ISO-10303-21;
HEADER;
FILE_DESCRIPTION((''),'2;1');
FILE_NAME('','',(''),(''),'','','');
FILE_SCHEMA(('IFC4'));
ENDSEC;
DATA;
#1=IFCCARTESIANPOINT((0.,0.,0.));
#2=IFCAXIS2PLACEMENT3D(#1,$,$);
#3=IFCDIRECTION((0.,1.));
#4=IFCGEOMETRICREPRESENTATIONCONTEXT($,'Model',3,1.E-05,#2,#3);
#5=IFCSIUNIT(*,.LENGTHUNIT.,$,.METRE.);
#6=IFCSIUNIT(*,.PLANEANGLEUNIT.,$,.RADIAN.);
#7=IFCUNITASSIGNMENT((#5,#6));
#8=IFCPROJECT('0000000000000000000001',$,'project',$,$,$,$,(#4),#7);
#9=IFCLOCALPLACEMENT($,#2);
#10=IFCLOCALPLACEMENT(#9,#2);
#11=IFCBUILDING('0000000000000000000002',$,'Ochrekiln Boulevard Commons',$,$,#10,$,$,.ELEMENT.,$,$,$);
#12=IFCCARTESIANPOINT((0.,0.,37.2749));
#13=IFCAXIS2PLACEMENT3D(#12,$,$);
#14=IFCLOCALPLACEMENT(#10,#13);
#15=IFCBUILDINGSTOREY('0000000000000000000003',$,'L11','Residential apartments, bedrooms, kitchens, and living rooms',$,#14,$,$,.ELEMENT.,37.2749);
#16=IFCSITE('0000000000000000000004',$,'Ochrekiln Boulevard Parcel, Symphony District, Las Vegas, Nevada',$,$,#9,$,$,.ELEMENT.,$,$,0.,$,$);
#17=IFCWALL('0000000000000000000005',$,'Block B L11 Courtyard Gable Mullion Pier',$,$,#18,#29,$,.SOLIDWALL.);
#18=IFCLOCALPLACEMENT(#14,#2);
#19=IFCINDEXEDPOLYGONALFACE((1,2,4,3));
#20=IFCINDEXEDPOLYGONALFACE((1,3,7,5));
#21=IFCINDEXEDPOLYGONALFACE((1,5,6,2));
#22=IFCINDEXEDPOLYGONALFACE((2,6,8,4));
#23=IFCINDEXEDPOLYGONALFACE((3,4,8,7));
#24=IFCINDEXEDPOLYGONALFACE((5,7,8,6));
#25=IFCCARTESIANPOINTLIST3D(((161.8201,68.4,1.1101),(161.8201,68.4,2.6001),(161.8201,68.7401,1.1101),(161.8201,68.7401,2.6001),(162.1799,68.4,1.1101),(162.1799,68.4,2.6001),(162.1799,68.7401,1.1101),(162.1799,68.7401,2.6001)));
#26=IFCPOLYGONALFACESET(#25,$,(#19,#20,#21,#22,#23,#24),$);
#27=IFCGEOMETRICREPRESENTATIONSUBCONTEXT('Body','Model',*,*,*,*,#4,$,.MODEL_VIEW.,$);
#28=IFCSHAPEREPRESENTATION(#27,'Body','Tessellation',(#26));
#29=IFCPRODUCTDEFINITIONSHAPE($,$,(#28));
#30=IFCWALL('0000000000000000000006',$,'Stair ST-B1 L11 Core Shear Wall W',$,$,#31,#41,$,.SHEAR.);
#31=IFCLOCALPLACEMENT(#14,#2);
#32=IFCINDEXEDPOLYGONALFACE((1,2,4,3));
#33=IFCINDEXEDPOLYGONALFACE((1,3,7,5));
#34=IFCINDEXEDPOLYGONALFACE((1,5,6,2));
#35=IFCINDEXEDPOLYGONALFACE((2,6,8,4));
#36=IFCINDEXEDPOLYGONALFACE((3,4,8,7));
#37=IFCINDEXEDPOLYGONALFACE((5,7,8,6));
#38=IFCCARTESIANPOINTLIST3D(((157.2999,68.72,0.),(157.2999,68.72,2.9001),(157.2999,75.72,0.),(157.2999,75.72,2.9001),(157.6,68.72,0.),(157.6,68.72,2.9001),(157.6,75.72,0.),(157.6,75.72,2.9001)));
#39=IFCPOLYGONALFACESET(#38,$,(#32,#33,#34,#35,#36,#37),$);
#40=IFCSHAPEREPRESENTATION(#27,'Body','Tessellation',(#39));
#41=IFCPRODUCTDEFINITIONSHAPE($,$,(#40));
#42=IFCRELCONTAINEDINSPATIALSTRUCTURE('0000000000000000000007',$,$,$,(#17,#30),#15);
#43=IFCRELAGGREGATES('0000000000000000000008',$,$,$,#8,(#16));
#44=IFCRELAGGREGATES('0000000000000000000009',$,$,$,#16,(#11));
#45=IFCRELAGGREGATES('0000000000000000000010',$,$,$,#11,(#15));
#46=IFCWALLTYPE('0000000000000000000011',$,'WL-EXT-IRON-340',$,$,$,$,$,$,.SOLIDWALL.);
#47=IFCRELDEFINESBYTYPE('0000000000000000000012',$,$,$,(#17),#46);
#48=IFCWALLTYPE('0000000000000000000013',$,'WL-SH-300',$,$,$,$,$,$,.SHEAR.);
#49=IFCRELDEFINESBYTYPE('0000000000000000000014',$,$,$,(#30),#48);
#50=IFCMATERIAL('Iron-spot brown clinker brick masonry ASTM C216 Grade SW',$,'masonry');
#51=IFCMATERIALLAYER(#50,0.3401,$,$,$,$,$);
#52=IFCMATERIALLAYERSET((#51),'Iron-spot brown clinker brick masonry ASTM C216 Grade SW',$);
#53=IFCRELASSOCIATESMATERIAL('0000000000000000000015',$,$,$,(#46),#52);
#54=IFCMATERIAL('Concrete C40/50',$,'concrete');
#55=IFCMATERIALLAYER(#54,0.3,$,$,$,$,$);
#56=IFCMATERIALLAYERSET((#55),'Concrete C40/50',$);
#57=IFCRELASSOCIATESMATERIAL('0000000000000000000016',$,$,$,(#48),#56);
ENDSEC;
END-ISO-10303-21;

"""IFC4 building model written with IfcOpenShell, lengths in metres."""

from ifc_helpers import new_model, si_unit, direction, frame, frame_2d, origin, place, context, subcontext, project, spatial, rectangle, extrude, material, layer, layer_set, type_object, element, save


model = new_model("IFC4")

# Units and contexts
model_context = context("Model", 3, precision=1e-05, world=origin(), true_north=direction((0.0, 1.0)))
body_context = subcontext(model_context, "Body", "Model", "MODEL_VIEW")
ifc_project = project(units=[si_unit("LENGTHUNIT", "METRE"), si_unit("PLANEANGLEUNIT", "RADIAN")], contexts=[model_context])

# Site, building, storey
site_placement = place(None, origin())
site = spatial("IfcSite", under=ifc_project, at=site_placement, Name="Ochrekiln Boulevard Parcel, Symphony District, Las Vegas, Nevada", CompositionType="ELEMENT", RefElevation=0.0)
building_placement = place(site_placement, origin())
building = spatial("IfcBuilding", under=site, at=building_placement, Name="Ochrekiln Boulevard Commons", CompositionType="ELEMENT")
storey_placement = place(building_placement, frame((0.0, 0.0, 37.2749)))
storey = spatial("IfcBuildingStorey", under=building, at=storey_placement, Name="L11", Description="Residential apartments, bedrooms, kitchens, and living rooms", CompositionType="ELEMENT", Elevation=37.2749)

# Shared definitions
ifc_material_1 = material(Name="Concrete C40/50", Category="concrete")

# Walls
ifc_material_2 = material(Name="Iron-spot brown clinker brick masonry ASTM C216 Grade SW", Category="masonry")
ifc_layer_1 = layer(ifc_material_2, 0.3401)
ifc_layer_set_1 = layer_set([ifc_layer_1], Name="Iron-spot brown clinker brick masonry ASTM C216 Grade SW")
wall_type_1 = type_object("IfcWallType", Name="WL-EXT-IRON-340", PredefinedType="SOLIDWALL", material=ifc_layer_set_1)
wall_1_placement = place(storey_placement, frame((161.8201, 68.5701, 1.1101), z_axis=(0.0, 0.0, 1.0), x_axis=(1.0, 0.0, 0.0)))
element("IfcWall", 1, at=wall_1_placement, inside=storey, type_object=wall_type_1, Name="Block B L11 Courtyard Gable Mullion Pier", PredefinedType="SOLIDWALL", context=body_context, shape_type="SweptSolid", body=[
    extrude(rectangle(XDim=0.3599, YDim=0.3401, at=frame_2d((0.1799, 0.0))), origin(), (0.0, 0.0, 1.0), 1.49),
])
ifc_layer_2 = layer(ifc_material_1, 0.3)
ifc_layer_set_2 = layer_set([ifc_layer_2], Name="Concrete C40/50")
wall_type_2 = type_object("IfcWallType", Name="WL-SH-300", PredefinedType="SHEAR", material=ifc_layer_set_2)
wall_2_placement = place(storey_placement, frame((157.45, 68.72, 0.0), z_axis=(0.0, 0.0, 1.0), x_axis=(0.0, 1.0, 0.0)))
element("IfcWall", 2, at=wall_2_placement, inside=storey, type_object=wall_type_2, Name="Stair ST-B1 L11 Core Shear Wall W", PredefinedType="SHEAR", context=body_context, shape_type="SweptSolid", body=[
    extrude(rectangle(XDim=7.0, YDim=0.3, at=frame_2d((3.5, 0.0))), origin(), (0.0, 0.0, 1.0), 2.9001),
])

save(model, "model.ifc")
